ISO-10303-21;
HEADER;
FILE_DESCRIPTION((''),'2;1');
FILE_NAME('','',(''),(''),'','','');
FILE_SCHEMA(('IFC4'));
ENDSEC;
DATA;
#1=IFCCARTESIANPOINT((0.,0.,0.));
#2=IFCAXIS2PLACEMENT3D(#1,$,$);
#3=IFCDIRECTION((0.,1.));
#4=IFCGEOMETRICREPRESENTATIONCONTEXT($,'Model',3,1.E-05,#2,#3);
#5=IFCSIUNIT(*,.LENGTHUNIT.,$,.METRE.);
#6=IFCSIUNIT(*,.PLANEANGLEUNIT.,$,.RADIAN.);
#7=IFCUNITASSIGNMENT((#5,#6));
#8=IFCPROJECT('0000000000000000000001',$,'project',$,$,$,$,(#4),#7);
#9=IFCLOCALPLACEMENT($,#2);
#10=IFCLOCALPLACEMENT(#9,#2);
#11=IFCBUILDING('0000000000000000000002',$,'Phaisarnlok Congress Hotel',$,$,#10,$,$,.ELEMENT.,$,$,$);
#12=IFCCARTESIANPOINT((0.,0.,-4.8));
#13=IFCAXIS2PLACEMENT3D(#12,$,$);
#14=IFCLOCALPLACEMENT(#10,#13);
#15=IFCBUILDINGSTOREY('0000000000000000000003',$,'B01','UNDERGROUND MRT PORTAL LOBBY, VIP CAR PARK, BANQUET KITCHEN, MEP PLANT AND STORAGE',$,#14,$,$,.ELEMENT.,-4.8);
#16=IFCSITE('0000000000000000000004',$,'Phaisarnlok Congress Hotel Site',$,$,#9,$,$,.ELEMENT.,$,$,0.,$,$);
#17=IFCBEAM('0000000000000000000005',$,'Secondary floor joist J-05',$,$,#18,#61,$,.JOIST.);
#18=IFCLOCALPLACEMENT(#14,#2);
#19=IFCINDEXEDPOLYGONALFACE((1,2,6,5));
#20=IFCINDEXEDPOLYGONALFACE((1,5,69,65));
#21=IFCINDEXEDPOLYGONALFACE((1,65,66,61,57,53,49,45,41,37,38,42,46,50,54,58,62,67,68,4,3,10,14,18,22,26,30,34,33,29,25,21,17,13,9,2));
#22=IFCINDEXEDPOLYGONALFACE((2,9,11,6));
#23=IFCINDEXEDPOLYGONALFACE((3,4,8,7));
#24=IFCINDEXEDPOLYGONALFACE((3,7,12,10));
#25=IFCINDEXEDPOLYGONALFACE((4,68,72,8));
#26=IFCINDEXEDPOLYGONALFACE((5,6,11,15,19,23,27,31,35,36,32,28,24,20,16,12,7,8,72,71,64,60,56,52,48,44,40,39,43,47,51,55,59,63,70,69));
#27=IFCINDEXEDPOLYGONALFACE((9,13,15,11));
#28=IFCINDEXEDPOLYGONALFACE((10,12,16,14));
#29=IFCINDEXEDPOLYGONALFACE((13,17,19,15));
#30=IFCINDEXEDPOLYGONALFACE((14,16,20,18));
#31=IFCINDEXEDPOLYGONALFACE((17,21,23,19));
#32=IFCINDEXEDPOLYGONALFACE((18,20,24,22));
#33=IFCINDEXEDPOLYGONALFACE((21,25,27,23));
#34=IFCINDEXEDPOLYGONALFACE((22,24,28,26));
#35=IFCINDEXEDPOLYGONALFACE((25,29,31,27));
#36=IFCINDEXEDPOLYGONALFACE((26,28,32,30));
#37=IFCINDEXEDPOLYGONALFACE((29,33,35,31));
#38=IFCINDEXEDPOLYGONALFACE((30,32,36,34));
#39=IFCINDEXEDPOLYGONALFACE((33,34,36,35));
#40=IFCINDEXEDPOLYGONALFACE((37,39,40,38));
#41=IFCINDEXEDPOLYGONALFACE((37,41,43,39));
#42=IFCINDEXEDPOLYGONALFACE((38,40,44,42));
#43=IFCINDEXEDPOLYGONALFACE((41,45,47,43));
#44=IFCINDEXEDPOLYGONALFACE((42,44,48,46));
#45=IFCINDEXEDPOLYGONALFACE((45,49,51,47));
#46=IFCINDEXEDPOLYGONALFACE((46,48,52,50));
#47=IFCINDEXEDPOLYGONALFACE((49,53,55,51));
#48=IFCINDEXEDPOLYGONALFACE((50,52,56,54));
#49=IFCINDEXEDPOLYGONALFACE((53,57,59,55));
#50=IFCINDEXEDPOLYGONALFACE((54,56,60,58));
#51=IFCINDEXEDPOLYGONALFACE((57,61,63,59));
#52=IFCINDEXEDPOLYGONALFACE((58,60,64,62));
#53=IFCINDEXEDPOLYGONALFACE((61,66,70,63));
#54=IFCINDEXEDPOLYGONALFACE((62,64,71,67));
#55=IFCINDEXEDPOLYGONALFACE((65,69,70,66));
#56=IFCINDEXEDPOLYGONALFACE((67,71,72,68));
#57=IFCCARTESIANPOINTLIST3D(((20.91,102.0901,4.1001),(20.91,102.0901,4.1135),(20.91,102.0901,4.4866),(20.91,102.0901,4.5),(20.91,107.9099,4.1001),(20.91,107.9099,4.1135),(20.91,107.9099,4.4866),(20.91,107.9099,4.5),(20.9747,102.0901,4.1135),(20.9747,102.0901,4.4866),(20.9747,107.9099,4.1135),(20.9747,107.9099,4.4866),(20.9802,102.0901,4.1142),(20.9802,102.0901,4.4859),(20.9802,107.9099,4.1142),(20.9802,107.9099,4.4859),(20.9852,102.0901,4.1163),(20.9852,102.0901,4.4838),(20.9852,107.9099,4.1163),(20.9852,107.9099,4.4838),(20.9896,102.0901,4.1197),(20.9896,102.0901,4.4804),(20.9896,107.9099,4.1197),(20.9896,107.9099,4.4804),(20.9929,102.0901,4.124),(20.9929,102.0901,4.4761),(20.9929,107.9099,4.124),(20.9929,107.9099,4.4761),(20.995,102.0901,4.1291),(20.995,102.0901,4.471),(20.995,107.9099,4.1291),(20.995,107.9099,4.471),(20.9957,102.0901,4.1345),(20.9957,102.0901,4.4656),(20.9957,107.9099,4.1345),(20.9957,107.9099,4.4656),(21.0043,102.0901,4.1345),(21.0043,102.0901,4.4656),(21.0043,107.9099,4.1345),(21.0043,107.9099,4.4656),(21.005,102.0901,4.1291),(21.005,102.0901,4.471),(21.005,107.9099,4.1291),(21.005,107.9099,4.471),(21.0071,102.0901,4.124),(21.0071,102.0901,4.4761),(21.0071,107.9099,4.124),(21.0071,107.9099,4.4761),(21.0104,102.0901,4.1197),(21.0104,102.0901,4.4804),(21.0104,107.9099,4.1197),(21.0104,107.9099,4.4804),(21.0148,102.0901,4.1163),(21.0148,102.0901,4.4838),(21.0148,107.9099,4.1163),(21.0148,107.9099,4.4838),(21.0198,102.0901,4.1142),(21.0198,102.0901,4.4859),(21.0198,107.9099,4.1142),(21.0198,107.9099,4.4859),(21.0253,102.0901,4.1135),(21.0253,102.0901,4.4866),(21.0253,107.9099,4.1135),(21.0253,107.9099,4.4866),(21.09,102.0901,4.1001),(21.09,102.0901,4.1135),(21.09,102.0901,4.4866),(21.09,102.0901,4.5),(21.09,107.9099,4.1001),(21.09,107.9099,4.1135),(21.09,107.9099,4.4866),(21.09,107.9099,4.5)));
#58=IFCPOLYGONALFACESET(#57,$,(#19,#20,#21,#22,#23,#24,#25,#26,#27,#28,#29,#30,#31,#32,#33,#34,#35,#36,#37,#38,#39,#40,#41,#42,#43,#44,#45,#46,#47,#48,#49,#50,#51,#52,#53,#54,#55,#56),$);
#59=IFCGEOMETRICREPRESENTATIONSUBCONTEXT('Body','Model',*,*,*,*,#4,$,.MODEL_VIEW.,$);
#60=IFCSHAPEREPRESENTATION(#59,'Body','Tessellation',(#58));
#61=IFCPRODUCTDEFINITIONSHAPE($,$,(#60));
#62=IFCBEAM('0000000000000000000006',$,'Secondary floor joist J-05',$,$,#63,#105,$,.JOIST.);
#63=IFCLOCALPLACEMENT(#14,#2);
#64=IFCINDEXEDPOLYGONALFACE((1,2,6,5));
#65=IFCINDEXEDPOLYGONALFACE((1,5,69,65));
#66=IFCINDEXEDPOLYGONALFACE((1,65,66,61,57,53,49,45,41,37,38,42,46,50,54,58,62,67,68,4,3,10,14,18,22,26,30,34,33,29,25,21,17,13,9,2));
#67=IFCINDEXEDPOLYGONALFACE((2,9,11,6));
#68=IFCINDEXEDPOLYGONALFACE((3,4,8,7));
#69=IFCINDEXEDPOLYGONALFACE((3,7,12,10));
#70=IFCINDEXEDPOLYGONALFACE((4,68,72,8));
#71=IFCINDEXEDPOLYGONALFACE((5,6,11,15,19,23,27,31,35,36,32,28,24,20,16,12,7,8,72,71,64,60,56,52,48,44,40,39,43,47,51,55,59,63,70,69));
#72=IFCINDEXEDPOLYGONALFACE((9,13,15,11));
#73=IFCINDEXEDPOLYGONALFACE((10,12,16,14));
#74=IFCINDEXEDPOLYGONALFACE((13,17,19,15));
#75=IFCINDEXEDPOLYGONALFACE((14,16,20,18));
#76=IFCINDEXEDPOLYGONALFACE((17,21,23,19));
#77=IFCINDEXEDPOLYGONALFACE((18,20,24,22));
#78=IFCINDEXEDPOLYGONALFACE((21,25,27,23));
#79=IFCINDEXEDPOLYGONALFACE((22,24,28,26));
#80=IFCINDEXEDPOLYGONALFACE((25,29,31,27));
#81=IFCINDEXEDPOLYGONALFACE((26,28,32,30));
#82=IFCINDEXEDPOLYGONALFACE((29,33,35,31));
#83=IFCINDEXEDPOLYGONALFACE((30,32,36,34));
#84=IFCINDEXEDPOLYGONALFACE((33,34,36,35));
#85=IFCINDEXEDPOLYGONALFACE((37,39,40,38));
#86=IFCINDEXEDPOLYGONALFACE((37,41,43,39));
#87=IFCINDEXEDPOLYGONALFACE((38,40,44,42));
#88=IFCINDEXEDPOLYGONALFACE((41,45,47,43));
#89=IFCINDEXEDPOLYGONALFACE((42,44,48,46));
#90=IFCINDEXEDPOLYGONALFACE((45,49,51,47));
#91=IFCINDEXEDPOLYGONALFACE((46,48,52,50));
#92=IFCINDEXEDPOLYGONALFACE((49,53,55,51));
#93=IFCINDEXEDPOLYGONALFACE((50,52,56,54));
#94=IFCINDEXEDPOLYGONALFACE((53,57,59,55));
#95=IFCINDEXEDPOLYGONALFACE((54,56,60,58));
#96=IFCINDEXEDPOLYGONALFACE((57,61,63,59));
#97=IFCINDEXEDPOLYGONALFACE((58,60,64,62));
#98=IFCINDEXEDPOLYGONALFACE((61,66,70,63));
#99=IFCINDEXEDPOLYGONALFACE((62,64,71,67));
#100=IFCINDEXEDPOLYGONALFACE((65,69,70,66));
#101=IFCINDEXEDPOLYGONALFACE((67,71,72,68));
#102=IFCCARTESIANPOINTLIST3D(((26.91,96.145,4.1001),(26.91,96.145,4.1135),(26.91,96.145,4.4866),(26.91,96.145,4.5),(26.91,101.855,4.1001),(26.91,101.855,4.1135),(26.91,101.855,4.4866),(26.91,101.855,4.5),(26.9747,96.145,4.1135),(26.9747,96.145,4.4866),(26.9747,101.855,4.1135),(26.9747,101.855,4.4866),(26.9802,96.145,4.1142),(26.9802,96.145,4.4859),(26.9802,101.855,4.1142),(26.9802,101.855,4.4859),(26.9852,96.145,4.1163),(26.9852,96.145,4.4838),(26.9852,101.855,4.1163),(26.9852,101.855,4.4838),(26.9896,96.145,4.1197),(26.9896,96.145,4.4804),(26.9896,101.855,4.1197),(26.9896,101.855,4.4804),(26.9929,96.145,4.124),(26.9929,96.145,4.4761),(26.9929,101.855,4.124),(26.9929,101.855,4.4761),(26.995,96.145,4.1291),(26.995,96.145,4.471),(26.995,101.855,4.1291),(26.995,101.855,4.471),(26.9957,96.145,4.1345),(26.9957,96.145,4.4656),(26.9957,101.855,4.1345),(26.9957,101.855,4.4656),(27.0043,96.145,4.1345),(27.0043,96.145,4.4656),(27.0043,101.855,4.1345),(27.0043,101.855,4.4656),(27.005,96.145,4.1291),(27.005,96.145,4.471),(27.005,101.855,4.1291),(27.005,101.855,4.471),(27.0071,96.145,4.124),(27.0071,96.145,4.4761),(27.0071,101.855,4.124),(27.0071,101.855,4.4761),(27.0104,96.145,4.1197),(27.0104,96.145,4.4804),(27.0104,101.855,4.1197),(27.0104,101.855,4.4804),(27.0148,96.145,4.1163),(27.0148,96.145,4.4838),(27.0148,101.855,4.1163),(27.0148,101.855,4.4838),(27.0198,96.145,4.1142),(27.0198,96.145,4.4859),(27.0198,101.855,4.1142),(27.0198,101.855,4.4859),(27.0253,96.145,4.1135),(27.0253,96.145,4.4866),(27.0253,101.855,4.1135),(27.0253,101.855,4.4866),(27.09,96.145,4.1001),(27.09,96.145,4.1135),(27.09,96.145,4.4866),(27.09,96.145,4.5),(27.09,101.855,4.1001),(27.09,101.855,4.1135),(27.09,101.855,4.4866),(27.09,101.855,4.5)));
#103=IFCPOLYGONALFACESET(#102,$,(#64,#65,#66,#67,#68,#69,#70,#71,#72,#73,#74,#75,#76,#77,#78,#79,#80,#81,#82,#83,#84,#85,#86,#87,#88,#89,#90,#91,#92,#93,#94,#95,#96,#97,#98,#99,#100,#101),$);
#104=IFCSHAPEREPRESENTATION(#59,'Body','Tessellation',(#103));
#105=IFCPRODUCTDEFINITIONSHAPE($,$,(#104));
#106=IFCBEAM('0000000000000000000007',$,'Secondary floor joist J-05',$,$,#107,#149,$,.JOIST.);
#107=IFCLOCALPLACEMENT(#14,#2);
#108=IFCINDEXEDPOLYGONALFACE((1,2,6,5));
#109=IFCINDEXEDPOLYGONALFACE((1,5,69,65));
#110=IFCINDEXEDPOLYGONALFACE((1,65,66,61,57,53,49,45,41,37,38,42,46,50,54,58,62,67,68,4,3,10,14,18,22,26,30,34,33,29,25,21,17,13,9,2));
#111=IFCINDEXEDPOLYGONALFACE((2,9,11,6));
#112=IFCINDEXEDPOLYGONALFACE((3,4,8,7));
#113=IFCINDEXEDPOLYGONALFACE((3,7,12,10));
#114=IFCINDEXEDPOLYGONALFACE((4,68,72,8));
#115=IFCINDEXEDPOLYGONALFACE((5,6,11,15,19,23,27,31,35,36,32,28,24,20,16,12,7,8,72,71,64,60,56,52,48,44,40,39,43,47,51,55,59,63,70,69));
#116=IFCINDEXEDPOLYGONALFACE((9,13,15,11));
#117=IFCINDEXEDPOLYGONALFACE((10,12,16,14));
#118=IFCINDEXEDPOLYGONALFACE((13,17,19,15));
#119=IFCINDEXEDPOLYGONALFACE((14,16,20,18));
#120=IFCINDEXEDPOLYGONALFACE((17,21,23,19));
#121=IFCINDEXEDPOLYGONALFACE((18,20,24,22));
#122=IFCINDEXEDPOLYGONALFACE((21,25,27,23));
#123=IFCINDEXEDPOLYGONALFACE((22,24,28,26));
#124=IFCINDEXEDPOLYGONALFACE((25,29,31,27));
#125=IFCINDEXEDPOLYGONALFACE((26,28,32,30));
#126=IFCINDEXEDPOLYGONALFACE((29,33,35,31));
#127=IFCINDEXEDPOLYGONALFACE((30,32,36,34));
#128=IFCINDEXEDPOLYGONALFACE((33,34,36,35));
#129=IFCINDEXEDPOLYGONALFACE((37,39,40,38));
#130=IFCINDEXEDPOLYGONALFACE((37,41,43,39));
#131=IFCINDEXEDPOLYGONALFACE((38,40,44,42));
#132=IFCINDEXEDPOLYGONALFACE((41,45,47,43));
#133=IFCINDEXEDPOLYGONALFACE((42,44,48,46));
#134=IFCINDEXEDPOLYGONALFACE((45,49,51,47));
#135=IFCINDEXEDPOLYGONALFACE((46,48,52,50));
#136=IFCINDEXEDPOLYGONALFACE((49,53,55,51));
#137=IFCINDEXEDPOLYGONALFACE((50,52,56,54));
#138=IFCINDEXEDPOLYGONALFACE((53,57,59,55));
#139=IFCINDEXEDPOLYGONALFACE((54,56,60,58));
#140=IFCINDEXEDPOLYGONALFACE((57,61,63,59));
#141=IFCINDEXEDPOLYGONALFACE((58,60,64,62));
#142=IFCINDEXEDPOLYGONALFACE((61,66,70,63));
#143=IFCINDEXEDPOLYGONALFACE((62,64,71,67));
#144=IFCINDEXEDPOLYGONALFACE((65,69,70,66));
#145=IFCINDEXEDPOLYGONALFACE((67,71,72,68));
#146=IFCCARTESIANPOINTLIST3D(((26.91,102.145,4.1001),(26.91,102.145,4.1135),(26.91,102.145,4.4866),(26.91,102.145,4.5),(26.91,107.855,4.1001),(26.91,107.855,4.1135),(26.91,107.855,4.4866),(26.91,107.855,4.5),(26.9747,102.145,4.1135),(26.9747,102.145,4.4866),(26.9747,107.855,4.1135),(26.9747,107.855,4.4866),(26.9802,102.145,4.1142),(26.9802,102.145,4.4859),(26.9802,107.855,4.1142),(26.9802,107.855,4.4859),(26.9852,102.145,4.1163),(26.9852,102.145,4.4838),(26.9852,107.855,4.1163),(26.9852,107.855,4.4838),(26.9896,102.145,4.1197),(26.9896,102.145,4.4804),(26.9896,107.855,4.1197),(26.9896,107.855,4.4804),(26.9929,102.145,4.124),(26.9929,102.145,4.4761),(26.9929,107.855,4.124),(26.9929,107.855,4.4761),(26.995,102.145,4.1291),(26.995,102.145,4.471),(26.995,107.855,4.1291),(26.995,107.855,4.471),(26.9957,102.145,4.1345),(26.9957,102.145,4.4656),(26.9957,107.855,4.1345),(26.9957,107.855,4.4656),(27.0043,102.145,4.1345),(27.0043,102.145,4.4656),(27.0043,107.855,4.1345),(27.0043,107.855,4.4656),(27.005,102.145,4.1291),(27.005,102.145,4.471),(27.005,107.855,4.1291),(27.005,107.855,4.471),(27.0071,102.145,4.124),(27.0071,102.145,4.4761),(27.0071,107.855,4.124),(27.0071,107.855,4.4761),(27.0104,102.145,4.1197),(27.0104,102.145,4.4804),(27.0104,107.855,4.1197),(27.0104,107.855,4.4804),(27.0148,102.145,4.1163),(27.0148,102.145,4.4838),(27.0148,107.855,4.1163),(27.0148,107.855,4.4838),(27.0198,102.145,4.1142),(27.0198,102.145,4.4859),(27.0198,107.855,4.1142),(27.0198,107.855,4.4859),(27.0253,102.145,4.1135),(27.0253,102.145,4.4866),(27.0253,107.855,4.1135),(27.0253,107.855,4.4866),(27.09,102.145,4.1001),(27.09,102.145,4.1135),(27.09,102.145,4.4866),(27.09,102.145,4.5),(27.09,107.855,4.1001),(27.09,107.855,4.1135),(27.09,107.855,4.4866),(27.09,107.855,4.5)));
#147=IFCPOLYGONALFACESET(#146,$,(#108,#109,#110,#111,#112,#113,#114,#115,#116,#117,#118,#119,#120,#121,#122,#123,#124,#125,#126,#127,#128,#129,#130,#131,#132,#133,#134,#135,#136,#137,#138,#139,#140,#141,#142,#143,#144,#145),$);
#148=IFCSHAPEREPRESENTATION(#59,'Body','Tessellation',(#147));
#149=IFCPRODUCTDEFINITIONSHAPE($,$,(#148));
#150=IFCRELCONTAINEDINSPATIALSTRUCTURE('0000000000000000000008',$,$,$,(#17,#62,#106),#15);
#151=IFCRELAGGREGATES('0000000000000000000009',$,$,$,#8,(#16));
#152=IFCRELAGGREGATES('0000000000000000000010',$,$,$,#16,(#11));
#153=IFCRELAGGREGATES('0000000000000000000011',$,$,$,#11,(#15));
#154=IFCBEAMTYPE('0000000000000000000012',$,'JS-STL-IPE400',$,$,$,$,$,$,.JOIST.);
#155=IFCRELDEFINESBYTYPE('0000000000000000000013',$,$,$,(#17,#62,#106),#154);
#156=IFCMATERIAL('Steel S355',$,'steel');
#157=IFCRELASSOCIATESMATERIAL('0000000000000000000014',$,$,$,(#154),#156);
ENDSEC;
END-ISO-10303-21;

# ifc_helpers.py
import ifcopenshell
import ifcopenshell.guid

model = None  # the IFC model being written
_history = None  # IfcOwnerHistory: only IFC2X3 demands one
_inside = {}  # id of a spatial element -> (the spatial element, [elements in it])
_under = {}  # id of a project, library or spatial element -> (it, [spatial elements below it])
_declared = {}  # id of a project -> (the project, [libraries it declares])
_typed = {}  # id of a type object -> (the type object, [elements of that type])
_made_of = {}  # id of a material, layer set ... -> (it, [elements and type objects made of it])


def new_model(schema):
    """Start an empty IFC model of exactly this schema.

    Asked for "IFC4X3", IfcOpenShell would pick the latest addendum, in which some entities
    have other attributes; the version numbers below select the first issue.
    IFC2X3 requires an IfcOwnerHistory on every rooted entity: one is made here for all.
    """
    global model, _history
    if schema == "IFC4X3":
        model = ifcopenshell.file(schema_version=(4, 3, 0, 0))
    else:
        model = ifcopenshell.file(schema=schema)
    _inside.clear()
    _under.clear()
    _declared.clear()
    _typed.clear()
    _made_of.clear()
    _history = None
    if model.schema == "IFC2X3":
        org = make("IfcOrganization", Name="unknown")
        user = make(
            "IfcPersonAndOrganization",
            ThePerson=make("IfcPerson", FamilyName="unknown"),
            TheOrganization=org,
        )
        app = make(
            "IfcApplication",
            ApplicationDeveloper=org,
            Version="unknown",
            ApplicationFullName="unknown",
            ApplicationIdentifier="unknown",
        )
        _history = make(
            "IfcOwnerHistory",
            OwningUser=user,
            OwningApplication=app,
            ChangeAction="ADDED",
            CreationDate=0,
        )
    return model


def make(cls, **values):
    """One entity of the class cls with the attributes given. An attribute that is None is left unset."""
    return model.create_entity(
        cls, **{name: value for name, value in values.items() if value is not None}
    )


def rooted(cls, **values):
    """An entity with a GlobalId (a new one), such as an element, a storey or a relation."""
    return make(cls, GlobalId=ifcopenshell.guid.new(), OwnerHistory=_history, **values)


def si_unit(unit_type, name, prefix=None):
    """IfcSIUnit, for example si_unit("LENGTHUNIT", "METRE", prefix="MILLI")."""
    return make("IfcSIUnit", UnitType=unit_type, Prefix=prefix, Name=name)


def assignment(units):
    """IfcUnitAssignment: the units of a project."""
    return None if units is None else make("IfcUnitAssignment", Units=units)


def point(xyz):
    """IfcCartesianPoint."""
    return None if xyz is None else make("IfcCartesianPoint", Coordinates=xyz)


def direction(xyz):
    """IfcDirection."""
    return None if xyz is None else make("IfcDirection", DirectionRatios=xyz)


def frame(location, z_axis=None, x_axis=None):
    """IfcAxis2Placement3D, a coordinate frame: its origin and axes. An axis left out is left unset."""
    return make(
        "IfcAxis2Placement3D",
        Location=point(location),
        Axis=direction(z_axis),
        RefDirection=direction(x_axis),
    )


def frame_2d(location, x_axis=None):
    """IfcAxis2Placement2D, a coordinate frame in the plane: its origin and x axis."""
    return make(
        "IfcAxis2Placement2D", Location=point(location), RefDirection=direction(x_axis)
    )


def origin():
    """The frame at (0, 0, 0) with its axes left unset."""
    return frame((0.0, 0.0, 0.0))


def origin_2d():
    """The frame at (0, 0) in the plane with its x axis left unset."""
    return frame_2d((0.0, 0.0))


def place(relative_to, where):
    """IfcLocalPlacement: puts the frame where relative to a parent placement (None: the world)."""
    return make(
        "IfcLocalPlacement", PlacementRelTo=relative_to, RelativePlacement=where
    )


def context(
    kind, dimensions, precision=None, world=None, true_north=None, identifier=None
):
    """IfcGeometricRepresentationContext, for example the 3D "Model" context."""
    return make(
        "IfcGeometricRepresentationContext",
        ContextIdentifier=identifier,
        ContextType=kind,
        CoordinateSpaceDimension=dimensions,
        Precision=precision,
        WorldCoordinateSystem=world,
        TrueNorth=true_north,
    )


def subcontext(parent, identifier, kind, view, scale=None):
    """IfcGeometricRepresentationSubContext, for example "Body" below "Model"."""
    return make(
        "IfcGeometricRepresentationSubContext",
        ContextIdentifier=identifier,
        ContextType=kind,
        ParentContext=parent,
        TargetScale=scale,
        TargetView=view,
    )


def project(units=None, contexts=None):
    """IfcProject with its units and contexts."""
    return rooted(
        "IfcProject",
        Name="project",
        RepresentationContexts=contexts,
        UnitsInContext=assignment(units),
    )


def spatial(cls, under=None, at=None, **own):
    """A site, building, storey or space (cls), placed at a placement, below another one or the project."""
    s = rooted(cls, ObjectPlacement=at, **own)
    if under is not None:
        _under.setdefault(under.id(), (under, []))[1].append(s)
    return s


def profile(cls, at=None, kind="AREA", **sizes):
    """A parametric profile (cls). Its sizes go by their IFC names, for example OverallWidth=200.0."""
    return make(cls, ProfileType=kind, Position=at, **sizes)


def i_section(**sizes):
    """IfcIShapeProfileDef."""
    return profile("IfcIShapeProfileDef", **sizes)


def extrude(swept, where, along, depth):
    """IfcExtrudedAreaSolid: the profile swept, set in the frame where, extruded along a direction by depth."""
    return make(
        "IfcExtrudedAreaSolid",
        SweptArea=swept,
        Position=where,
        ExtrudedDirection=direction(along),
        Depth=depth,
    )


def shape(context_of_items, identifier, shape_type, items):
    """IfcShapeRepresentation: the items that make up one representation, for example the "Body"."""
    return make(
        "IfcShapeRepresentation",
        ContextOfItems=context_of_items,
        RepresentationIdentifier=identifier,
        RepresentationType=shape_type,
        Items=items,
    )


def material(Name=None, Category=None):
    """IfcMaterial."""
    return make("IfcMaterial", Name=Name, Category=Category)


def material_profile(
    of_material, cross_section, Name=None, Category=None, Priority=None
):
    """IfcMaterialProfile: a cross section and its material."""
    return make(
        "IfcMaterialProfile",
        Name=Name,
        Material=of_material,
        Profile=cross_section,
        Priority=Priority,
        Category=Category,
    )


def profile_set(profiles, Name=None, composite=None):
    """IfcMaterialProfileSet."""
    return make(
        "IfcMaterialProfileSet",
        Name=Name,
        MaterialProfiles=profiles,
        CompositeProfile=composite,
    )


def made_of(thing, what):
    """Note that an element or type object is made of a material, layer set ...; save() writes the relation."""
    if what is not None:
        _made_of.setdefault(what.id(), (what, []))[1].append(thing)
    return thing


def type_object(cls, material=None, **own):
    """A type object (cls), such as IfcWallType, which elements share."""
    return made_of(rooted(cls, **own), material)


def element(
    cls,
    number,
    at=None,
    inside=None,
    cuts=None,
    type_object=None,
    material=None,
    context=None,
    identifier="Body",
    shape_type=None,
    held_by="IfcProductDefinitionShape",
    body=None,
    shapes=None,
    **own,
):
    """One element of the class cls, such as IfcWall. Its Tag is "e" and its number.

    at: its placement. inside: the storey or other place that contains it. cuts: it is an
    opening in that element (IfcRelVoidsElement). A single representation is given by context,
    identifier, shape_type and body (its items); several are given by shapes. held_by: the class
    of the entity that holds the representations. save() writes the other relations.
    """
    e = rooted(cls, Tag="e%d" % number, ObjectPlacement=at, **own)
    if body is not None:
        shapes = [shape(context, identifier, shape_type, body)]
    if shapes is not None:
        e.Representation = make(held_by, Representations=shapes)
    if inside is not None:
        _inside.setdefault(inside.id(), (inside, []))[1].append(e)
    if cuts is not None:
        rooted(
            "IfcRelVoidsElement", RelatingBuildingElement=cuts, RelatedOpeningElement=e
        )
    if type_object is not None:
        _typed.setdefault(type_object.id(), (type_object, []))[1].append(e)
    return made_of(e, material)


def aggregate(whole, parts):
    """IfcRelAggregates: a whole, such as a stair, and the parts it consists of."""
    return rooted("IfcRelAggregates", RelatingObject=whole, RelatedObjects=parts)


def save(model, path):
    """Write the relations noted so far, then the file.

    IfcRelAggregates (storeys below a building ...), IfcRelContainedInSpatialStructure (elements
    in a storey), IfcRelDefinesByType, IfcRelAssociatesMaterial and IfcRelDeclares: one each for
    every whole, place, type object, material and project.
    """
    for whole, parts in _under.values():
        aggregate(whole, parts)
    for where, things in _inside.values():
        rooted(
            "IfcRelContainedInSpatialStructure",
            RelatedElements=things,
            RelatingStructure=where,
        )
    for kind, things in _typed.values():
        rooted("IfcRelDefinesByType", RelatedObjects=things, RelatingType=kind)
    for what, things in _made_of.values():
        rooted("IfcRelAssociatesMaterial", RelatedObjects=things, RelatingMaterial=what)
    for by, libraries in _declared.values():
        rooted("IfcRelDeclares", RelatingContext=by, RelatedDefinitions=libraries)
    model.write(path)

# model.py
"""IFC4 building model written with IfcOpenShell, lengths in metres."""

from ifc_helpers import new_model, si_unit, direction, frame, origin, origin_2d, place, context, subcontext, project, spatial, i_section, extrude, material, material_profile, profile_set, type_object, element, save


model = new_model("IFC4")

# Units and contexts
model_context = context("Model", 3, precision=1e-05, world=origin(), true_north=direction((0.0, 1.0)))
body_context = subcontext(model_context, "Body", "Model", "MODEL_VIEW")
ifc_project = project(units=[si_unit("LENGTHUNIT", "METRE"), si_unit("PLANEANGLEUNIT", "RADIAN")], contexts=[model_context])

# Site, building, storey
site_placement = place(None, origin())
site = spatial("IfcSite", under=ifc_project, at=site_placement, Name="Phaisarnlok Congress Hotel Site", CompositionType="ELEMENT", RefElevation=0.0)
building_placement = place(site_placement, origin())
building = spatial("IfcBuilding", under=site, at=building_placement, Name="Phaisarnlok Congress Hotel", CompositionType="ELEMENT")
storey_placement = place(building_placement, frame((0.0, 0.0, -4.8)))
storey = spatial("IfcBuildingStorey", under=building, at=storey_placement, Name="B01", Description="UNDERGROUND MRT PORTAL LOBBY, VIP CAR PARK, BANQUET KITCHEN, MEP PLANT AND STORAGE", CompositionType="ELEMENT", Elevation=-4.8)

# Beams
ifc_material_1 = material(Name="Steel S355", Category="steel")
ifc_material_profile_1 = material_profile(ifc_material_1, i_section(OverallWidth=0.1799, OverallDepth=0.3999, WebThickness=0.0085, FlangeThickness=0.0134, FilletRadius=0.021, at=origin_2d()), Name="IPE 400")
ifc_profile_set_1 = profile_set([ifc_material_profile_1], Name="Steel S355")
beam_type_1 = type_object("IfcBeamType", Name="JS-STL-IPE400", PredefinedType="JOIST", material=ifc_profile_set_1)
for number, where, z_axis, x_axis, name in (
    (1, (21.0, 102.0901, 4.3), (0.0, 1.0, 0.0), (-1.0, 0.0, 0.0), "Secondary floor joist J-05"),
):
    element("IfcBeam", number, at=place(storey_placement, frame(where, z_axis=z_axis, x_axis=x_axis)), inside=storey, type_object=beam_type_1, Name=name, PredefinedType="JOIST", context=body_context, shape_type="SweptSolid", body=[
        extrude(i_section(OverallWidth=0.1799, OverallDepth=0.3999, WebThickness=0.0085, FlangeThickness=0.0134, FilletRadius=0.021, at=origin_2d()), origin(), (0.0, 0.0, 1.0), 5.8198),
    ])
for number, where, z_axis, x_axis, name in (
    (2, (27.0, 96.145, 4.3), (0.0, 1.0, 0.0), (-1.0, 0.0, 0.0), "Secondary floor joist J-05"),
    (3, (27.0, 102.145, 4.3), (0.0, 1.0, 0.0), (-1.0, 0.0, 0.0), "Secondary floor joist J-05"),
):
    element("IfcBeam", number, at=place(storey_placement, frame(where, z_axis=z_axis, x_axis=x_axis)), inside=storey, type_object=beam_type_1, Name=name, PredefinedType="JOIST", context=body_context, shape_type="SweptSolid", body=[
        extrude(i_section(OverallWidth=0.1799, OverallDepth=0.3999, WebThickness=0.0085, FlangeThickness=0.0134, FilletRadius=0.021, at=origin_2d()), origin(), (0.0, 0.0, 1.0), 5.71),
    ])

save(model, "model.ifc")
